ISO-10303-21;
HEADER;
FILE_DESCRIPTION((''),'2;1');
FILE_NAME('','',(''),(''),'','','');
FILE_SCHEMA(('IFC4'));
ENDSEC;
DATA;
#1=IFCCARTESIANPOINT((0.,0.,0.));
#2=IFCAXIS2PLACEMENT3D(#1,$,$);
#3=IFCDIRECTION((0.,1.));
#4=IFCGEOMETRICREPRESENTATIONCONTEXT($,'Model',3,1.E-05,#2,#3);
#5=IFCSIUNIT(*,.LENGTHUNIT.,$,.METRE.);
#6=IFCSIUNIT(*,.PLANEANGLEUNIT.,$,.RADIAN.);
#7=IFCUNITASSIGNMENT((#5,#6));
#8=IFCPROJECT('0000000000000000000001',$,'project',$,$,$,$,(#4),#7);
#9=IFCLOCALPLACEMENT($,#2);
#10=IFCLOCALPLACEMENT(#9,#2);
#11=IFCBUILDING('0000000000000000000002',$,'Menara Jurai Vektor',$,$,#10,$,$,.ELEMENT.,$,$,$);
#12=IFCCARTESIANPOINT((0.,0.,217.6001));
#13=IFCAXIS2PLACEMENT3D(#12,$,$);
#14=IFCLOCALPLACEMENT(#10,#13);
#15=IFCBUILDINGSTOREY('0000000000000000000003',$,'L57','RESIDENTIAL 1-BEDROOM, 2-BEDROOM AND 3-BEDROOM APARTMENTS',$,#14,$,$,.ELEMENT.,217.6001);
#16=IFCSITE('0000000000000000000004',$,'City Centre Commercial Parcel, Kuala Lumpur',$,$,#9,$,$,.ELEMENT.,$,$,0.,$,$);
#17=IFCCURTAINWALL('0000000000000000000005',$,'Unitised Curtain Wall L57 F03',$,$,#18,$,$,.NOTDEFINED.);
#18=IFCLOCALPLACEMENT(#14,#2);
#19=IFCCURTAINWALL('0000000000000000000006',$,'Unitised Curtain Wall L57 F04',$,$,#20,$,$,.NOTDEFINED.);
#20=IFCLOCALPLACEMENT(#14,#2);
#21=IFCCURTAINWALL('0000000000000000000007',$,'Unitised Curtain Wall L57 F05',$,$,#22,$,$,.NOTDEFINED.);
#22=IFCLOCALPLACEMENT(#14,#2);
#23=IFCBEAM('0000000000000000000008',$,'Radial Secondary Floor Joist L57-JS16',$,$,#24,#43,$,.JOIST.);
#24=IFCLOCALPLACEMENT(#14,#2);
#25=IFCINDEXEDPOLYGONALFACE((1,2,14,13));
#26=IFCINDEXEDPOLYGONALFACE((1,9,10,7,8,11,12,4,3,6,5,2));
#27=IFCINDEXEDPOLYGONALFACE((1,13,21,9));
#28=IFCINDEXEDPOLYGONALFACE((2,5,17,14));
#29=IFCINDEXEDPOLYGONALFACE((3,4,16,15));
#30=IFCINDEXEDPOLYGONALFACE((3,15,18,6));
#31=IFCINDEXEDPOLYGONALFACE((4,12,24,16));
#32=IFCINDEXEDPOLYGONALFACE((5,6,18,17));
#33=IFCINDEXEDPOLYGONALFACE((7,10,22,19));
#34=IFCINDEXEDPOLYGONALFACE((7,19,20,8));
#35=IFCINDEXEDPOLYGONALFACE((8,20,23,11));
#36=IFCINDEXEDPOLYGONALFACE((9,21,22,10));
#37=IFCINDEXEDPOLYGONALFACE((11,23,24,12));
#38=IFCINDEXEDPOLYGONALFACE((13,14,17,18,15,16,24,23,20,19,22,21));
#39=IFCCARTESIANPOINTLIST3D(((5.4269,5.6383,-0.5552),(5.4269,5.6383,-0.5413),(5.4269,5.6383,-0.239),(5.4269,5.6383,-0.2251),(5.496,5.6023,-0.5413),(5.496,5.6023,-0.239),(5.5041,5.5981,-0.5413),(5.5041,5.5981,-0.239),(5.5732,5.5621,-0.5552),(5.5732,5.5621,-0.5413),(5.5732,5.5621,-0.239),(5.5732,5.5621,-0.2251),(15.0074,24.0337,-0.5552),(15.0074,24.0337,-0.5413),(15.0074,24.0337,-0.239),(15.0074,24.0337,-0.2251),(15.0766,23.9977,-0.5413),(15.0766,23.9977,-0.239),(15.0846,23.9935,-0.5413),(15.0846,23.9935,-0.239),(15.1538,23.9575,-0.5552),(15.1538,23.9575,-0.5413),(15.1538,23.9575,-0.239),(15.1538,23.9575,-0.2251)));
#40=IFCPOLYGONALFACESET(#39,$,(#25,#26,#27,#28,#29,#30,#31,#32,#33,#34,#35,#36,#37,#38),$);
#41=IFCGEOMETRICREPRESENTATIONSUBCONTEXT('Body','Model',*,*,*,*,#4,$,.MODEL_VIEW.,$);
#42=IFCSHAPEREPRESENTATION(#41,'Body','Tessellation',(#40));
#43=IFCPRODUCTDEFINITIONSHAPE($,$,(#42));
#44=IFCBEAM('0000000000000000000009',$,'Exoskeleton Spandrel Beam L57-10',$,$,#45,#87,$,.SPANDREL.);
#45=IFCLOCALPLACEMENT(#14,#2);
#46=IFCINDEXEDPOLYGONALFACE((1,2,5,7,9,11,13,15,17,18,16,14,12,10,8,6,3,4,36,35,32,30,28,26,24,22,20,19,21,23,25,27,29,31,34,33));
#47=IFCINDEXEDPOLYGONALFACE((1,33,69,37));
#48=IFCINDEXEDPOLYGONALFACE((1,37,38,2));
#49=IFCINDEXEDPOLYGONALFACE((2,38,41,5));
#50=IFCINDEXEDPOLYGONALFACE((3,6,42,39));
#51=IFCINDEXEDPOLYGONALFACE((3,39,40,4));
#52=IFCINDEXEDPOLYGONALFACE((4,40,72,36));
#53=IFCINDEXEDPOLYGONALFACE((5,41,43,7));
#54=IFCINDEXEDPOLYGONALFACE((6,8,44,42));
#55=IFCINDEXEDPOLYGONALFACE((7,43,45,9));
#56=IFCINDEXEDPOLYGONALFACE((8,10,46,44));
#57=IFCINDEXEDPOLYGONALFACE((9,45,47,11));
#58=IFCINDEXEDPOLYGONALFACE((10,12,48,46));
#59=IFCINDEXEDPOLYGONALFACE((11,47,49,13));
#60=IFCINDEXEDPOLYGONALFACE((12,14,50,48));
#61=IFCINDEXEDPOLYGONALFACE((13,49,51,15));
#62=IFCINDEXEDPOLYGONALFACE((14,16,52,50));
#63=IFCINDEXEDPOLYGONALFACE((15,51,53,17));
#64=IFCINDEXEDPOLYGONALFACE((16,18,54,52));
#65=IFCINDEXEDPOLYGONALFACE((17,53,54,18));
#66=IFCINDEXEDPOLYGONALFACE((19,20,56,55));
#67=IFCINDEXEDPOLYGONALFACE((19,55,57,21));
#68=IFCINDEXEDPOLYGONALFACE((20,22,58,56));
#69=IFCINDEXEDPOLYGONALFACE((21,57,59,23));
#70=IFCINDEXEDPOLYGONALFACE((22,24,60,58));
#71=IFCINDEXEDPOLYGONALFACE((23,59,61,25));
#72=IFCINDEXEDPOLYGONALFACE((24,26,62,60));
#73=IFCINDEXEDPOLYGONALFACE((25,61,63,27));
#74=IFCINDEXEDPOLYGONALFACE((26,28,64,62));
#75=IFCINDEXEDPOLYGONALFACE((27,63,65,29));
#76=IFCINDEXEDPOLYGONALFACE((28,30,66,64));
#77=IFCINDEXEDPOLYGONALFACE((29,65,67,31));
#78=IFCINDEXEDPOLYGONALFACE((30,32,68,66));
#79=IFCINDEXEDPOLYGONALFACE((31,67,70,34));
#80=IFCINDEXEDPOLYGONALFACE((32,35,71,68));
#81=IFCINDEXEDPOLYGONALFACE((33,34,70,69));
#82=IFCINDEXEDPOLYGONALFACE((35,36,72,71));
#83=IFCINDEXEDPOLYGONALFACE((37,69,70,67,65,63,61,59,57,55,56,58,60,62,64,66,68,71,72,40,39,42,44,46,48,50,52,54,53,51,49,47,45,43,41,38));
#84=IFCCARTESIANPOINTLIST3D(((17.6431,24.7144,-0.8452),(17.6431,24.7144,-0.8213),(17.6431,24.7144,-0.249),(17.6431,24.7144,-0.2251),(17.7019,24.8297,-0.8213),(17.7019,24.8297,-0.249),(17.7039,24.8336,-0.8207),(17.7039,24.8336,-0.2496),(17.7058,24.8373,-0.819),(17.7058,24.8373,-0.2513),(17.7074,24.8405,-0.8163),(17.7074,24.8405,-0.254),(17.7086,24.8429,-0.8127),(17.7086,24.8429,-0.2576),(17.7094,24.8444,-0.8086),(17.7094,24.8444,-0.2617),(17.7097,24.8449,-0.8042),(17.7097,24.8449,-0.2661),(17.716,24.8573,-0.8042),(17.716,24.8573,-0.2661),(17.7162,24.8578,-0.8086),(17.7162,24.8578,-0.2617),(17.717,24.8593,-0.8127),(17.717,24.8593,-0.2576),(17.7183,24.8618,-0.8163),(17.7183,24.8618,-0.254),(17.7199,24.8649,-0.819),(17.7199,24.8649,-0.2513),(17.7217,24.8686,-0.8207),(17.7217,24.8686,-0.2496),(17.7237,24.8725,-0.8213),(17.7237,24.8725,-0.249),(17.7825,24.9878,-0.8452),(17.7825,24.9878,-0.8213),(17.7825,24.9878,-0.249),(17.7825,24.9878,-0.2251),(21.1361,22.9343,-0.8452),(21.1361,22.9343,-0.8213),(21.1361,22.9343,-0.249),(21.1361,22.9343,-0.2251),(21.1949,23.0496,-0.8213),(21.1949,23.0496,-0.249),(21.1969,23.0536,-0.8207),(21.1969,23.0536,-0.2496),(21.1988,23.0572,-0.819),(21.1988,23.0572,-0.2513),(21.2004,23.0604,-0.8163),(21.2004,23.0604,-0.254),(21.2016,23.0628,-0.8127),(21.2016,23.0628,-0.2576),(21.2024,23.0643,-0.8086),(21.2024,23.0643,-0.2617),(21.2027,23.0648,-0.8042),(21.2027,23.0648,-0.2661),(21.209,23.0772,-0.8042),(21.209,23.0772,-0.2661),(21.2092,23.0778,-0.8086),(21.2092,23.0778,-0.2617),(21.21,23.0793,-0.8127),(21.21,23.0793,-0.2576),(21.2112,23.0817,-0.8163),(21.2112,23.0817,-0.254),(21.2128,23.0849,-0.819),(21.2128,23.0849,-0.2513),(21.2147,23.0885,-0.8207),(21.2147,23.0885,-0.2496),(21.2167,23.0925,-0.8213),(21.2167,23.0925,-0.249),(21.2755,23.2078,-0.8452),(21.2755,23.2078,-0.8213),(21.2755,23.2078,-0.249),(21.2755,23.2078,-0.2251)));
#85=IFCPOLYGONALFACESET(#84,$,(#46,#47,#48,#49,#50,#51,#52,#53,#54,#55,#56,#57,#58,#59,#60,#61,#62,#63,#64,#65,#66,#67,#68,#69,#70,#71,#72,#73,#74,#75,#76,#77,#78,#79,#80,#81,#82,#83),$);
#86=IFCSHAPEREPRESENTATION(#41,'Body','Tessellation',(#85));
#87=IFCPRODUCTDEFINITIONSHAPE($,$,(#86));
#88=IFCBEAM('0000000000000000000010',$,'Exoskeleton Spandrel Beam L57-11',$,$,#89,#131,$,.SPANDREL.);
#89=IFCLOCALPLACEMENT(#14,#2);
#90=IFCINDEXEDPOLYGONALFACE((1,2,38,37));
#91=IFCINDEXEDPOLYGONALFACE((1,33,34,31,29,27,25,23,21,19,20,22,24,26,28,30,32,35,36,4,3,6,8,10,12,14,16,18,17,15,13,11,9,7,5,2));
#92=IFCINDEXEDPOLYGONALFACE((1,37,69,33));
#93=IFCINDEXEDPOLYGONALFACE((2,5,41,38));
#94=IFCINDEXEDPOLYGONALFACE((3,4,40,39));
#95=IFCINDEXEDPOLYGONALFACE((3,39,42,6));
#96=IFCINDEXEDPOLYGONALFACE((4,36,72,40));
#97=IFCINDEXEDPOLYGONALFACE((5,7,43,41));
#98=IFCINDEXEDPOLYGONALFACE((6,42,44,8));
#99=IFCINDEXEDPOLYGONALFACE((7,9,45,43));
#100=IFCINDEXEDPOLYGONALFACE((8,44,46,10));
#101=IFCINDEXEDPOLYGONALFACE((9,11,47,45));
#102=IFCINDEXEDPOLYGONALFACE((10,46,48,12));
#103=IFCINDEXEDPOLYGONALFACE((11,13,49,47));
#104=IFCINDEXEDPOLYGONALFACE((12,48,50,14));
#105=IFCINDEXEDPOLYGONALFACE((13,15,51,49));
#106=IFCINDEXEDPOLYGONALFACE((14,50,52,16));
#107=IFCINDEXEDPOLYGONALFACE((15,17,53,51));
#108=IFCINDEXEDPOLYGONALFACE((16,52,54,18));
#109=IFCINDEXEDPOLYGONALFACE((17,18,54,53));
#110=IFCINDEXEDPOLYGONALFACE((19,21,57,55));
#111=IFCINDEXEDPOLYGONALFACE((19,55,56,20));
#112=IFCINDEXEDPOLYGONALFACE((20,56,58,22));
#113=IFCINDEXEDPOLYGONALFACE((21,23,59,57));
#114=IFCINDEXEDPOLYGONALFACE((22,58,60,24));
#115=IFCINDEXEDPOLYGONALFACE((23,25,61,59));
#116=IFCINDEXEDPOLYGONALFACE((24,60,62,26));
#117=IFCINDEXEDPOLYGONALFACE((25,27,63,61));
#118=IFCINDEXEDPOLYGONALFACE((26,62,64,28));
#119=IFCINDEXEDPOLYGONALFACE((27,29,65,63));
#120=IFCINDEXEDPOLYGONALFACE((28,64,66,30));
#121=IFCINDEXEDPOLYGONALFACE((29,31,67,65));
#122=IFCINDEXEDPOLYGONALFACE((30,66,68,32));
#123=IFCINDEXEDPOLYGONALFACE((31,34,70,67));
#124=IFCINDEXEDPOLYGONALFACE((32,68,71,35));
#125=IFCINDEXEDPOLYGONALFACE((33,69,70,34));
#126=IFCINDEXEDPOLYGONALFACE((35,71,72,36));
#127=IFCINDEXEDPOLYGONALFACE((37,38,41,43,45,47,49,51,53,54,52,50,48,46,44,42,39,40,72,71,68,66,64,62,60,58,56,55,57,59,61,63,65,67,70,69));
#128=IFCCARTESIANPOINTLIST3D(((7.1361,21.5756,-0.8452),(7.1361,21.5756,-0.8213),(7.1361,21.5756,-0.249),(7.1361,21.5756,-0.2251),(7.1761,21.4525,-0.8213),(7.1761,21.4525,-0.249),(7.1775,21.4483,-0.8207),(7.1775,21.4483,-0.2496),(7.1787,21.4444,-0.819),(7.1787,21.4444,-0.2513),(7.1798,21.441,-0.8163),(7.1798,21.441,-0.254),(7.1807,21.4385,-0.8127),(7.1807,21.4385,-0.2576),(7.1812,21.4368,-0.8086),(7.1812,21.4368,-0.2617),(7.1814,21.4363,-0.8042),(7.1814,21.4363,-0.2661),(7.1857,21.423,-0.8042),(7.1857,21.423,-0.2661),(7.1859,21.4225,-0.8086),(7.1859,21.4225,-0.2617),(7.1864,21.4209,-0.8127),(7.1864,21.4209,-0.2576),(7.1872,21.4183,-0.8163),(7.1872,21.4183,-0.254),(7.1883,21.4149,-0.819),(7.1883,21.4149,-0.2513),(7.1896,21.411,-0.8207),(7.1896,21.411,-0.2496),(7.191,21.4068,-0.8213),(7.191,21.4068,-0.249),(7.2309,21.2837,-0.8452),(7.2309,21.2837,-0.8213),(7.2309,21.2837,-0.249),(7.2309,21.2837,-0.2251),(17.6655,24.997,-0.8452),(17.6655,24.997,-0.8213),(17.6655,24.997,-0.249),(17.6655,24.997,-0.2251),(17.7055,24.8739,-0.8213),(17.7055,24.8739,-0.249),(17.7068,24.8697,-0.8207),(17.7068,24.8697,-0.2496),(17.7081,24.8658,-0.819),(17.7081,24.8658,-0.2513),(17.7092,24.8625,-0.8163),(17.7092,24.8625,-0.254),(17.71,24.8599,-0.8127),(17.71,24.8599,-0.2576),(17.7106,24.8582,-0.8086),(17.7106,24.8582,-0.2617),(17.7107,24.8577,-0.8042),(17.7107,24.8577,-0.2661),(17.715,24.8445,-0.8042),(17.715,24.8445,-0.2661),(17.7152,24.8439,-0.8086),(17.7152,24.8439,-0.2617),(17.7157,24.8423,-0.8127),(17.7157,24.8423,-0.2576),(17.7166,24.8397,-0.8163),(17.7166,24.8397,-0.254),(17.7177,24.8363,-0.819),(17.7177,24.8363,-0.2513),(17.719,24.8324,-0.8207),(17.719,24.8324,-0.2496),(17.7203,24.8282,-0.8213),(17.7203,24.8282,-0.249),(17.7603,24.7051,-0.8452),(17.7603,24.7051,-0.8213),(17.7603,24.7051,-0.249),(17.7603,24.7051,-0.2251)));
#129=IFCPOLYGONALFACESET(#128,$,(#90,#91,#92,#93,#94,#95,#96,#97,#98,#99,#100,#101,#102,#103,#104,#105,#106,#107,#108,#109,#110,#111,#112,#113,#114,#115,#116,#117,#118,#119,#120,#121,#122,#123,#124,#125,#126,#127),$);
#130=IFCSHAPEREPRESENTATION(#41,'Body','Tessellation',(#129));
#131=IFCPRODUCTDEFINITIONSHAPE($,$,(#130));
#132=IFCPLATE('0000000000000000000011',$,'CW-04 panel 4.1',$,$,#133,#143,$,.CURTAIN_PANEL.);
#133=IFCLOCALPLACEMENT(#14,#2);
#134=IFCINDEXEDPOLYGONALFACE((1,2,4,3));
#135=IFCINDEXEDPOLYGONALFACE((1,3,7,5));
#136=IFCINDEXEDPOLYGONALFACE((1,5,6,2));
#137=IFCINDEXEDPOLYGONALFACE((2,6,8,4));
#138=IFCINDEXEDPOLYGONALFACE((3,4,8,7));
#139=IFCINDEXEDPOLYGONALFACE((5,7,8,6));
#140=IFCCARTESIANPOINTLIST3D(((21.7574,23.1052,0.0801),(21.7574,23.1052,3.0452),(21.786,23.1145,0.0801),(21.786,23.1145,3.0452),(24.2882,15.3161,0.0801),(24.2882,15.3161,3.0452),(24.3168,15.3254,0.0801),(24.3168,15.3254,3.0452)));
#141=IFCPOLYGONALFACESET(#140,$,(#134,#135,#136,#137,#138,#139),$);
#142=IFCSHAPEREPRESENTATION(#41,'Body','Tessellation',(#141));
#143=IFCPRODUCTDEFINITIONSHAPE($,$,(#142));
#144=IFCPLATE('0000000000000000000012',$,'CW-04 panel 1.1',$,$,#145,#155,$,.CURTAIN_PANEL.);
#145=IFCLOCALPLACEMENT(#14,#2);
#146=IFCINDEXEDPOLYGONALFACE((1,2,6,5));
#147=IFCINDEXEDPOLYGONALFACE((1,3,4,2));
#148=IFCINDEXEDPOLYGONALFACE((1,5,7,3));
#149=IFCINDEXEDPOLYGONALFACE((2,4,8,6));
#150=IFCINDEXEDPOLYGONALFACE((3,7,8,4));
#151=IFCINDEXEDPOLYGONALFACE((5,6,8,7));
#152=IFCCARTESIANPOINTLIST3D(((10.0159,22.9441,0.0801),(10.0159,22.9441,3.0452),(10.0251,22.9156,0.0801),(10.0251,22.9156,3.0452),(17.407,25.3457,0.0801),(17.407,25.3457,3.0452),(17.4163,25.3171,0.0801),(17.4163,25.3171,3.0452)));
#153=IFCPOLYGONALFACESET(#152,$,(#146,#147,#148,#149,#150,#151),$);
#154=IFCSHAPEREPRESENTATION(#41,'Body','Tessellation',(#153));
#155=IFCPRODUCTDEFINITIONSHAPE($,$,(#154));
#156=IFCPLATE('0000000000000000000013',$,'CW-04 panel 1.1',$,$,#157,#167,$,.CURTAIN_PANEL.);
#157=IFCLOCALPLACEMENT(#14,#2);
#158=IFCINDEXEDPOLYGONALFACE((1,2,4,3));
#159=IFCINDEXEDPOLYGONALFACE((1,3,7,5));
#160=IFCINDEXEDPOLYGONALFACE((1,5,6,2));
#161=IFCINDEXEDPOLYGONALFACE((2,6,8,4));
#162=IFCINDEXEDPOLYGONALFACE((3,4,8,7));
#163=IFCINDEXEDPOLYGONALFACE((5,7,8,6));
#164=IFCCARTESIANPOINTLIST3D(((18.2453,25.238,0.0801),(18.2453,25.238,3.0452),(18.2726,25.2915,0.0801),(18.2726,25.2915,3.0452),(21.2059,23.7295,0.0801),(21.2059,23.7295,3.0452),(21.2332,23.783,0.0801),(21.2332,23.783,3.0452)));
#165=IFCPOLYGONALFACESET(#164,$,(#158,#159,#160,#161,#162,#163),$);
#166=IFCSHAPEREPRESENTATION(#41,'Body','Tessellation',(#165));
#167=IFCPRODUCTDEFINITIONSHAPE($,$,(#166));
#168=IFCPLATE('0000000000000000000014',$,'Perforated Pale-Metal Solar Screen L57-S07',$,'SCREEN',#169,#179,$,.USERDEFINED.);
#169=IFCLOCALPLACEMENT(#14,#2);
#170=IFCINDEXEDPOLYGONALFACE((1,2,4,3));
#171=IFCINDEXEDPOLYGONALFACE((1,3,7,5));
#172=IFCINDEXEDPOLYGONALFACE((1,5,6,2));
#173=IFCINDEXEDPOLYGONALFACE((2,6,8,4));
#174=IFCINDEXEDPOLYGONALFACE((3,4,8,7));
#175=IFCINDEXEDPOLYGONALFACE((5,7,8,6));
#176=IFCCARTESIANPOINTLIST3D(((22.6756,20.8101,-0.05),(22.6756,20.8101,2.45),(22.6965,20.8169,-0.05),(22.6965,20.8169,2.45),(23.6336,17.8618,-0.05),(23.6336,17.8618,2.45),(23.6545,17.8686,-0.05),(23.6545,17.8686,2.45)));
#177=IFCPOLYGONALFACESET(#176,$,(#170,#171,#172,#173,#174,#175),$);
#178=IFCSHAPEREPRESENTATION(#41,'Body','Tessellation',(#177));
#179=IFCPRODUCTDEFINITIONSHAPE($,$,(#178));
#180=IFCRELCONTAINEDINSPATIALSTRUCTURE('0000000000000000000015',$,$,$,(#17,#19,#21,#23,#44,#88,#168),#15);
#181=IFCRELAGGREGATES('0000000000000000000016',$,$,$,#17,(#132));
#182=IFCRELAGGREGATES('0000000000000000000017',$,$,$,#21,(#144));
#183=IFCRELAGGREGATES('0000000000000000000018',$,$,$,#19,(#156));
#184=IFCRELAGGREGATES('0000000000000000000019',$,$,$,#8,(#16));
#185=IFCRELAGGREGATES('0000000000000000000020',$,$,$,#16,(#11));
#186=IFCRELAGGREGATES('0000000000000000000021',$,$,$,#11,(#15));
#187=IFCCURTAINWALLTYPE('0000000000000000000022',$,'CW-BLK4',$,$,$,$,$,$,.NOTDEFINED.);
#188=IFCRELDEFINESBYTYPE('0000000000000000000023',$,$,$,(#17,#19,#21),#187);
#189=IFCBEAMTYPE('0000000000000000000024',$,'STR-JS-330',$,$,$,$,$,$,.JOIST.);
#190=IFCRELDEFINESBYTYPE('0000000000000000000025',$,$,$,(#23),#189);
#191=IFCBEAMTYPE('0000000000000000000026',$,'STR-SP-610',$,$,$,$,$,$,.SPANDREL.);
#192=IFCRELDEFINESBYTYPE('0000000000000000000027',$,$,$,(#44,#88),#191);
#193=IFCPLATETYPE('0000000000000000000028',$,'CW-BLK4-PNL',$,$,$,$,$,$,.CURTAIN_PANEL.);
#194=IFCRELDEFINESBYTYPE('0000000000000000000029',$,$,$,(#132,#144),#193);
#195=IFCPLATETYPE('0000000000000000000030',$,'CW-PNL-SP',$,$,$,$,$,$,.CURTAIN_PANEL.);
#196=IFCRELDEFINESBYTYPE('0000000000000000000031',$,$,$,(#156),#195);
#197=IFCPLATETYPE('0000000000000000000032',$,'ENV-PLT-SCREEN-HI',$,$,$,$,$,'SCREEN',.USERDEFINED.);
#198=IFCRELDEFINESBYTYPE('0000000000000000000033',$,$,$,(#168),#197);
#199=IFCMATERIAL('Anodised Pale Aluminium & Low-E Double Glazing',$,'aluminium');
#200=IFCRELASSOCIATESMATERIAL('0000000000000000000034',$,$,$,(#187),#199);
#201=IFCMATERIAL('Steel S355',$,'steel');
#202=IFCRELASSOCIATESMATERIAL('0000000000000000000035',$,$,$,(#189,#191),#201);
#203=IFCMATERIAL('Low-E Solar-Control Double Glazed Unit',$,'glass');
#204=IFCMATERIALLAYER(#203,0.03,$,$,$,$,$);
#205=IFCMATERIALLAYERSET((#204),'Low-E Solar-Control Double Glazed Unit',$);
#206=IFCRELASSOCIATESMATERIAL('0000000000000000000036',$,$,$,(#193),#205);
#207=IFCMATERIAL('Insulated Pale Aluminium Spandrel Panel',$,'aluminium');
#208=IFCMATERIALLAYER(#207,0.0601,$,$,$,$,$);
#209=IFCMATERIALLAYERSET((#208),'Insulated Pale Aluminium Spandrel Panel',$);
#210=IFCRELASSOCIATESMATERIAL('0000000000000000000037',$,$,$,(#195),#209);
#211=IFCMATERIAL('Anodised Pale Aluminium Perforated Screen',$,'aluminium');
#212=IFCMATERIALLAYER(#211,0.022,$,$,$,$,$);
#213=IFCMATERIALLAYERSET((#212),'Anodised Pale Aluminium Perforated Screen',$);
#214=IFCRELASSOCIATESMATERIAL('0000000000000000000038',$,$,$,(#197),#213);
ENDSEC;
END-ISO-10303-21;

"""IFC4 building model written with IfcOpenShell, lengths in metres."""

from ifc_helpers import new_model, si_unit, direction, frame, origin, origin_2d, place, context, subcontext, project, spatial, rectangle, i_section, extrude, material, layer, layer_set, material_profile, profile_set, type_object, element, aggregate, save


model = new_model("IFC4")

# Units and contexts
model_context = context("Model", 3, precision=1e-05, world=origin(), true_north=direction((0.0, 1.0)))
body_context = subcontext(model_context, "Body", "Model", "MODEL_VIEW")
ifc_project = project(units=[si_unit("LENGTHUNIT", "METRE"), si_unit("PLANEANGLEUNIT", "RADIAN")], contexts=[model_context])

# Site, building, storey
site_placement = place(None, origin())
site = spatial("IfcSite", under=ifc_project, at=site_placement, Name="City Centre Commercial Parcel, Kuala Lumpur", CompositionType="ELEMENT", RefElevation=0.0)
building_placement = place(site_placement, origin())
building = spatial("IfcBuilding", under=site, at=building_placement, Name="Menara Jurai Vektor", CompositionType="ELEMENT")
storey_placement = place(building_placement, frame((0.0, 0.0, 217.6001)))
storey = spatial("IfcBuildingStorey", under=building, at=storey_placement, Name="L57", Description="RESIDENTIAL 1-BEDROOM, 2-BEDROOM AND 3-BEDROOM APARTMENTS", CompositionType="ELEMENT", Elevation=217.6001)

# Curtain wall
ifc_material_1 = material(Name="Anodised Pale Aluminium & Low-E Double Glazing", Category="aluminium")
curtain_wall_type = type_object("IfcCurtainWallType", Name="CW-BLK4", PredefinedType="NOTDEFINED", material=ifc_material_1)
curtain_wall_1_placement = place(storey_placement, origin())
curtain_wall_1 = element("IfcCurtainWall", 1, at=curtain_wall_1_placement, inside=storey, type_object=curtain_wall_type, Name="Unitised Curtain Wall L57 F03", PredefinedType="NOTDEFINED")

# Curtain wall
curtain_wall_2_placement = place(storey_placement, origin())
curtain_wall_2 = element("IfcCurtainWall", 2, at=curtain_wall_2_placement, inside=storey, type_object=curtain_wall_type, Name="Unitised Curtain Wall L57 F04", PredefinedType="NOTDEFINED")

# Curtain wall
curtain_wall_3_placement = place(storey_placement, origin())
curtain_wall_3 = element("IfcCurtainWall", 3, at=curtain_wall_3_placement, inside=storey, type_object=curtain_wall_type, Name="Unitised Curtain Wall L57 F05", PredefinedType="NOTDEFINED")

# Shared definitions
ifc_material_2 = material(Name="Steel S355", Category="steel")

# Beams
ifc_material_profile_1 = material_profile(ifc_material_2, i_section(OverallWidth=0.165, OverallDepth=0.3301, WebThickness=0.009, FlangeThickness=0.0139, at=origin_2d()), Name="PG 330x165x46")
ifc_profile_set_1 = profile_set([ifc_material_profile_1], Name="Steel S355")
beam_type_1 = type_object("IfcBeamType", Name="STR-JS-330", PredefinedType="JOIST", material=ifc_profile_set_1)
beam_1_placement = place(storey_placement, frame((15.0806, 23.9956, -0.3901), z_axis=(-0.461918, -0.886923, 0.0), x_axis=(0.886923, -0.461918, 0.0)))
element("IfcBeam", 4, at=beam_1_placement, inside=storey, type_object=beam_type_1, Name="Radial Secondary Floor Joist L57-JS16", PredefinedType="JOIST", context=body_context, shape_type="SweptSolid", body=[
    extrude(i_section(OverallWidth=0.165, OverallDepth=0.3301, WebThickness=0.009, FlangeThickness=0.0139, at=origin_2d()), origin(), (0.0, 0.0, 1.0), 20.7407),
])
ifc_material_profile_2 = material_profile(ifc_material_2, i_section(OverallWidth=0.3069, OverallDepth=0.6201, WebThickness=0.0139, FlangeThickness=0.0239, FilletRadius=0.0171, at=origin_2d()), Name="UKB 610x305x179")
ifc_profile_set_2 = profile_set([ifc_material_profile_2], Name="Steel S355")
beam_type_2 = type_object("IfcBeamType", Name="STR-SP-610", PredefinedType="SPANDREL", material=ifc_profile_set_2)
beam_2_placement = place(storey_placement, frame((21.2058, 23.071, -0.5352), z_axis=(-0.890976, 0.454051, 0.0), x_axis=(-0.454051, -0.890976, 0.0)))
element("IfcBeam", 5, at=beam_2_placement, inside=storey, type_object=beam_type_2, Name="Exoskeleton Spandrel Beam L57-10", PredefinedType="SPANDREL", context=body_context, shape_type="SweptSolid", body=[
    extrude(i_section(OverallWidth=0.3069, OverallDepth=0.6201, WebThickness=0.0139, FlangeThickness=0.0239, FilletRadius=0.0171, at=origin_2d()), origin(), (0.0, 0.0, 1.0), 3.9204),
])
beam_3_placement = place(storey_placement, frame((17.7129, 24.8511, -0.5352), z_axis=(-0.951051, -0.309034, 0.0), x_axis=(0.309034, -0.951051, 0.0)))
element("IfcBeam", 6, at=beam_3_placement, inside=storey, type_object=beam_type_2, Name="Exoskeleton Spandrel Beam L57-11", PredefinedType="SPANDREL", context=body_context, shape_type="SweptSolid", body=[
    extrude(i_section(OverallWidth=0.3069, OverallDepth=0.6201, WebThickness=0.0139, FlangeThickness=0.0239, FilletRadius=0.0171, at=origin_2d()), origin(), (0.0, 0.0, 1.0), 11.0713),
])

# Plates
ifc_material_3 = material(Name="Low-E Solar-Control Double Glazed Unit", Category="glass")
ifc_layer_1 = layer(ifc_material_3, 0.03)
ifc_layer_set_1 = layer_set([ifc_layer_1], Name="Low-E Solar-Control Double Glazed Unit")
plate_type_1 = type_object("IfcPlateType", Name="CW-BLK4-PNL", PredefinedType="CURTAIN_PANEL", material=ifc_layer_set_1)
plate_1_placement = place(storey_placement, frame((23.0371, 19.2153, 0.0801), z_axis=(0.0, 0.0, 1.0), x_axis=(-0.309016, 0.951057, 0.0)))
plate_1 = element("IfcPlate", 7, at=plate_1_placement, type_object=plate_type_1, Name="CW-04 panel 4.1", PredefinedType="CURTAIN_PANEL", context=body_context, shape_type="SweptSolid", body=[
    extrude(rectangle(XDim=8.1899, YDim=0.03, at=origin_2d()), origin(), (0.0, 0.0, 1.0), 2.9651),
])
aggregate(curtain_wall_1, [plate_1])
plate_2_placement = place(storey_placement, frame((13.7161, 24.1306, 0.0801), z_axis=(0.0, 0.0, 1.0), x_axis=(-0.951056, -0.309017, 0.0)))
plate_2 = element("IfcPlate", 8, at=plate_2_placement, type_object=plate_type_1, Name="CW-04 panel 1.1", PredefinedType="CURTAIN_PANEL", context=body_context, shape_type="SweptSolid", body=[
    extrude(rectangle(XDim=7.7715, YDim=0.03, at=origin_2d()), origin(), (0.0, 0.0, 1.0), 2.9651),
])
aggregate(curtain_wall_3, [plate_2])
ifc_material_4 = material(Name="Insulated Pale Aluminium Spandrel Panel", Category="aluminium")
ifc_layer_2 = layer(ifc_material_4, 0.0601)
ifc_layer_set_2 = layer_set([ifc_layer_2], Name="Insulated Pale Aluminium Spandrel Panel")
plate_type_2 = type_object("IfcPlateType", Name="CW-PNL-SP", PredefinedType="CURTAIN_PANEL", material=ifc_layer_set_2)
plate_3_placement = place(storey_placement, frame((19.7393, 24.5105, 0.0801), z_axis=(0.0, 0.0, 1.0), x_axis=(-0.891008, 0.453989, 0.0)))
plate_3 = element("IfcPlate", 9, at=plate_3_placement, type_object=plate_type_2, Name="CW-04 panel 1.1", PredefinedType="CURTAIN_PANEL", context=body_context, shape_type="SweptSolid", body=[
    extrude(rectangle(XDim=3.3228, YDim=0.0601, at=origin_2d()), origin(), (0.0, 0.0, 1.0), 2.9651),
])
aggregate(curtain_wall_2, [plate_3])
ifc_material_5 = material(Name="Anodised Pale Aluminium Perforated Screen", Category="aluminium")
ifc_layer_3 = layer(ifc_material_5, 0.022)
ifc_layer_set_3 = layer_set([ifc_layer_3], Name="Anodised Pale Aluminium Perforated Screen")
plate_type_3 = type_object("IfcPlateType", Name="ENV-PLT-SCREEN-HI", ElementType="SCREEN", PredefinedType="USERDEFINED", material=ifc_layer_set_3)
plate_4_placement = place(storey_placement, frame((23.165, 19.3394, -0.05), z_axis=(0.0, 0.0, 1.0), x_axis=(-0.309017, 0.951057, 0.0)))
element("IfcPlate", 10, at=plate_4_placement, inside=storey, type_object=plate_type_3, Name="Perforated Pale-Metal Solar Screen L57-S07", ObjectType="SCREEN", PredefinedType="USERDEFINED", context=body_context, shape_type="SweptSolid", body=[
    extrude(rectangle(XDim=3.1001, YDim=0.022, at=origin_2d()), origin(), (0.0, 0.0, 1.0), 2.5),
])

save(model, "model.ifc")
